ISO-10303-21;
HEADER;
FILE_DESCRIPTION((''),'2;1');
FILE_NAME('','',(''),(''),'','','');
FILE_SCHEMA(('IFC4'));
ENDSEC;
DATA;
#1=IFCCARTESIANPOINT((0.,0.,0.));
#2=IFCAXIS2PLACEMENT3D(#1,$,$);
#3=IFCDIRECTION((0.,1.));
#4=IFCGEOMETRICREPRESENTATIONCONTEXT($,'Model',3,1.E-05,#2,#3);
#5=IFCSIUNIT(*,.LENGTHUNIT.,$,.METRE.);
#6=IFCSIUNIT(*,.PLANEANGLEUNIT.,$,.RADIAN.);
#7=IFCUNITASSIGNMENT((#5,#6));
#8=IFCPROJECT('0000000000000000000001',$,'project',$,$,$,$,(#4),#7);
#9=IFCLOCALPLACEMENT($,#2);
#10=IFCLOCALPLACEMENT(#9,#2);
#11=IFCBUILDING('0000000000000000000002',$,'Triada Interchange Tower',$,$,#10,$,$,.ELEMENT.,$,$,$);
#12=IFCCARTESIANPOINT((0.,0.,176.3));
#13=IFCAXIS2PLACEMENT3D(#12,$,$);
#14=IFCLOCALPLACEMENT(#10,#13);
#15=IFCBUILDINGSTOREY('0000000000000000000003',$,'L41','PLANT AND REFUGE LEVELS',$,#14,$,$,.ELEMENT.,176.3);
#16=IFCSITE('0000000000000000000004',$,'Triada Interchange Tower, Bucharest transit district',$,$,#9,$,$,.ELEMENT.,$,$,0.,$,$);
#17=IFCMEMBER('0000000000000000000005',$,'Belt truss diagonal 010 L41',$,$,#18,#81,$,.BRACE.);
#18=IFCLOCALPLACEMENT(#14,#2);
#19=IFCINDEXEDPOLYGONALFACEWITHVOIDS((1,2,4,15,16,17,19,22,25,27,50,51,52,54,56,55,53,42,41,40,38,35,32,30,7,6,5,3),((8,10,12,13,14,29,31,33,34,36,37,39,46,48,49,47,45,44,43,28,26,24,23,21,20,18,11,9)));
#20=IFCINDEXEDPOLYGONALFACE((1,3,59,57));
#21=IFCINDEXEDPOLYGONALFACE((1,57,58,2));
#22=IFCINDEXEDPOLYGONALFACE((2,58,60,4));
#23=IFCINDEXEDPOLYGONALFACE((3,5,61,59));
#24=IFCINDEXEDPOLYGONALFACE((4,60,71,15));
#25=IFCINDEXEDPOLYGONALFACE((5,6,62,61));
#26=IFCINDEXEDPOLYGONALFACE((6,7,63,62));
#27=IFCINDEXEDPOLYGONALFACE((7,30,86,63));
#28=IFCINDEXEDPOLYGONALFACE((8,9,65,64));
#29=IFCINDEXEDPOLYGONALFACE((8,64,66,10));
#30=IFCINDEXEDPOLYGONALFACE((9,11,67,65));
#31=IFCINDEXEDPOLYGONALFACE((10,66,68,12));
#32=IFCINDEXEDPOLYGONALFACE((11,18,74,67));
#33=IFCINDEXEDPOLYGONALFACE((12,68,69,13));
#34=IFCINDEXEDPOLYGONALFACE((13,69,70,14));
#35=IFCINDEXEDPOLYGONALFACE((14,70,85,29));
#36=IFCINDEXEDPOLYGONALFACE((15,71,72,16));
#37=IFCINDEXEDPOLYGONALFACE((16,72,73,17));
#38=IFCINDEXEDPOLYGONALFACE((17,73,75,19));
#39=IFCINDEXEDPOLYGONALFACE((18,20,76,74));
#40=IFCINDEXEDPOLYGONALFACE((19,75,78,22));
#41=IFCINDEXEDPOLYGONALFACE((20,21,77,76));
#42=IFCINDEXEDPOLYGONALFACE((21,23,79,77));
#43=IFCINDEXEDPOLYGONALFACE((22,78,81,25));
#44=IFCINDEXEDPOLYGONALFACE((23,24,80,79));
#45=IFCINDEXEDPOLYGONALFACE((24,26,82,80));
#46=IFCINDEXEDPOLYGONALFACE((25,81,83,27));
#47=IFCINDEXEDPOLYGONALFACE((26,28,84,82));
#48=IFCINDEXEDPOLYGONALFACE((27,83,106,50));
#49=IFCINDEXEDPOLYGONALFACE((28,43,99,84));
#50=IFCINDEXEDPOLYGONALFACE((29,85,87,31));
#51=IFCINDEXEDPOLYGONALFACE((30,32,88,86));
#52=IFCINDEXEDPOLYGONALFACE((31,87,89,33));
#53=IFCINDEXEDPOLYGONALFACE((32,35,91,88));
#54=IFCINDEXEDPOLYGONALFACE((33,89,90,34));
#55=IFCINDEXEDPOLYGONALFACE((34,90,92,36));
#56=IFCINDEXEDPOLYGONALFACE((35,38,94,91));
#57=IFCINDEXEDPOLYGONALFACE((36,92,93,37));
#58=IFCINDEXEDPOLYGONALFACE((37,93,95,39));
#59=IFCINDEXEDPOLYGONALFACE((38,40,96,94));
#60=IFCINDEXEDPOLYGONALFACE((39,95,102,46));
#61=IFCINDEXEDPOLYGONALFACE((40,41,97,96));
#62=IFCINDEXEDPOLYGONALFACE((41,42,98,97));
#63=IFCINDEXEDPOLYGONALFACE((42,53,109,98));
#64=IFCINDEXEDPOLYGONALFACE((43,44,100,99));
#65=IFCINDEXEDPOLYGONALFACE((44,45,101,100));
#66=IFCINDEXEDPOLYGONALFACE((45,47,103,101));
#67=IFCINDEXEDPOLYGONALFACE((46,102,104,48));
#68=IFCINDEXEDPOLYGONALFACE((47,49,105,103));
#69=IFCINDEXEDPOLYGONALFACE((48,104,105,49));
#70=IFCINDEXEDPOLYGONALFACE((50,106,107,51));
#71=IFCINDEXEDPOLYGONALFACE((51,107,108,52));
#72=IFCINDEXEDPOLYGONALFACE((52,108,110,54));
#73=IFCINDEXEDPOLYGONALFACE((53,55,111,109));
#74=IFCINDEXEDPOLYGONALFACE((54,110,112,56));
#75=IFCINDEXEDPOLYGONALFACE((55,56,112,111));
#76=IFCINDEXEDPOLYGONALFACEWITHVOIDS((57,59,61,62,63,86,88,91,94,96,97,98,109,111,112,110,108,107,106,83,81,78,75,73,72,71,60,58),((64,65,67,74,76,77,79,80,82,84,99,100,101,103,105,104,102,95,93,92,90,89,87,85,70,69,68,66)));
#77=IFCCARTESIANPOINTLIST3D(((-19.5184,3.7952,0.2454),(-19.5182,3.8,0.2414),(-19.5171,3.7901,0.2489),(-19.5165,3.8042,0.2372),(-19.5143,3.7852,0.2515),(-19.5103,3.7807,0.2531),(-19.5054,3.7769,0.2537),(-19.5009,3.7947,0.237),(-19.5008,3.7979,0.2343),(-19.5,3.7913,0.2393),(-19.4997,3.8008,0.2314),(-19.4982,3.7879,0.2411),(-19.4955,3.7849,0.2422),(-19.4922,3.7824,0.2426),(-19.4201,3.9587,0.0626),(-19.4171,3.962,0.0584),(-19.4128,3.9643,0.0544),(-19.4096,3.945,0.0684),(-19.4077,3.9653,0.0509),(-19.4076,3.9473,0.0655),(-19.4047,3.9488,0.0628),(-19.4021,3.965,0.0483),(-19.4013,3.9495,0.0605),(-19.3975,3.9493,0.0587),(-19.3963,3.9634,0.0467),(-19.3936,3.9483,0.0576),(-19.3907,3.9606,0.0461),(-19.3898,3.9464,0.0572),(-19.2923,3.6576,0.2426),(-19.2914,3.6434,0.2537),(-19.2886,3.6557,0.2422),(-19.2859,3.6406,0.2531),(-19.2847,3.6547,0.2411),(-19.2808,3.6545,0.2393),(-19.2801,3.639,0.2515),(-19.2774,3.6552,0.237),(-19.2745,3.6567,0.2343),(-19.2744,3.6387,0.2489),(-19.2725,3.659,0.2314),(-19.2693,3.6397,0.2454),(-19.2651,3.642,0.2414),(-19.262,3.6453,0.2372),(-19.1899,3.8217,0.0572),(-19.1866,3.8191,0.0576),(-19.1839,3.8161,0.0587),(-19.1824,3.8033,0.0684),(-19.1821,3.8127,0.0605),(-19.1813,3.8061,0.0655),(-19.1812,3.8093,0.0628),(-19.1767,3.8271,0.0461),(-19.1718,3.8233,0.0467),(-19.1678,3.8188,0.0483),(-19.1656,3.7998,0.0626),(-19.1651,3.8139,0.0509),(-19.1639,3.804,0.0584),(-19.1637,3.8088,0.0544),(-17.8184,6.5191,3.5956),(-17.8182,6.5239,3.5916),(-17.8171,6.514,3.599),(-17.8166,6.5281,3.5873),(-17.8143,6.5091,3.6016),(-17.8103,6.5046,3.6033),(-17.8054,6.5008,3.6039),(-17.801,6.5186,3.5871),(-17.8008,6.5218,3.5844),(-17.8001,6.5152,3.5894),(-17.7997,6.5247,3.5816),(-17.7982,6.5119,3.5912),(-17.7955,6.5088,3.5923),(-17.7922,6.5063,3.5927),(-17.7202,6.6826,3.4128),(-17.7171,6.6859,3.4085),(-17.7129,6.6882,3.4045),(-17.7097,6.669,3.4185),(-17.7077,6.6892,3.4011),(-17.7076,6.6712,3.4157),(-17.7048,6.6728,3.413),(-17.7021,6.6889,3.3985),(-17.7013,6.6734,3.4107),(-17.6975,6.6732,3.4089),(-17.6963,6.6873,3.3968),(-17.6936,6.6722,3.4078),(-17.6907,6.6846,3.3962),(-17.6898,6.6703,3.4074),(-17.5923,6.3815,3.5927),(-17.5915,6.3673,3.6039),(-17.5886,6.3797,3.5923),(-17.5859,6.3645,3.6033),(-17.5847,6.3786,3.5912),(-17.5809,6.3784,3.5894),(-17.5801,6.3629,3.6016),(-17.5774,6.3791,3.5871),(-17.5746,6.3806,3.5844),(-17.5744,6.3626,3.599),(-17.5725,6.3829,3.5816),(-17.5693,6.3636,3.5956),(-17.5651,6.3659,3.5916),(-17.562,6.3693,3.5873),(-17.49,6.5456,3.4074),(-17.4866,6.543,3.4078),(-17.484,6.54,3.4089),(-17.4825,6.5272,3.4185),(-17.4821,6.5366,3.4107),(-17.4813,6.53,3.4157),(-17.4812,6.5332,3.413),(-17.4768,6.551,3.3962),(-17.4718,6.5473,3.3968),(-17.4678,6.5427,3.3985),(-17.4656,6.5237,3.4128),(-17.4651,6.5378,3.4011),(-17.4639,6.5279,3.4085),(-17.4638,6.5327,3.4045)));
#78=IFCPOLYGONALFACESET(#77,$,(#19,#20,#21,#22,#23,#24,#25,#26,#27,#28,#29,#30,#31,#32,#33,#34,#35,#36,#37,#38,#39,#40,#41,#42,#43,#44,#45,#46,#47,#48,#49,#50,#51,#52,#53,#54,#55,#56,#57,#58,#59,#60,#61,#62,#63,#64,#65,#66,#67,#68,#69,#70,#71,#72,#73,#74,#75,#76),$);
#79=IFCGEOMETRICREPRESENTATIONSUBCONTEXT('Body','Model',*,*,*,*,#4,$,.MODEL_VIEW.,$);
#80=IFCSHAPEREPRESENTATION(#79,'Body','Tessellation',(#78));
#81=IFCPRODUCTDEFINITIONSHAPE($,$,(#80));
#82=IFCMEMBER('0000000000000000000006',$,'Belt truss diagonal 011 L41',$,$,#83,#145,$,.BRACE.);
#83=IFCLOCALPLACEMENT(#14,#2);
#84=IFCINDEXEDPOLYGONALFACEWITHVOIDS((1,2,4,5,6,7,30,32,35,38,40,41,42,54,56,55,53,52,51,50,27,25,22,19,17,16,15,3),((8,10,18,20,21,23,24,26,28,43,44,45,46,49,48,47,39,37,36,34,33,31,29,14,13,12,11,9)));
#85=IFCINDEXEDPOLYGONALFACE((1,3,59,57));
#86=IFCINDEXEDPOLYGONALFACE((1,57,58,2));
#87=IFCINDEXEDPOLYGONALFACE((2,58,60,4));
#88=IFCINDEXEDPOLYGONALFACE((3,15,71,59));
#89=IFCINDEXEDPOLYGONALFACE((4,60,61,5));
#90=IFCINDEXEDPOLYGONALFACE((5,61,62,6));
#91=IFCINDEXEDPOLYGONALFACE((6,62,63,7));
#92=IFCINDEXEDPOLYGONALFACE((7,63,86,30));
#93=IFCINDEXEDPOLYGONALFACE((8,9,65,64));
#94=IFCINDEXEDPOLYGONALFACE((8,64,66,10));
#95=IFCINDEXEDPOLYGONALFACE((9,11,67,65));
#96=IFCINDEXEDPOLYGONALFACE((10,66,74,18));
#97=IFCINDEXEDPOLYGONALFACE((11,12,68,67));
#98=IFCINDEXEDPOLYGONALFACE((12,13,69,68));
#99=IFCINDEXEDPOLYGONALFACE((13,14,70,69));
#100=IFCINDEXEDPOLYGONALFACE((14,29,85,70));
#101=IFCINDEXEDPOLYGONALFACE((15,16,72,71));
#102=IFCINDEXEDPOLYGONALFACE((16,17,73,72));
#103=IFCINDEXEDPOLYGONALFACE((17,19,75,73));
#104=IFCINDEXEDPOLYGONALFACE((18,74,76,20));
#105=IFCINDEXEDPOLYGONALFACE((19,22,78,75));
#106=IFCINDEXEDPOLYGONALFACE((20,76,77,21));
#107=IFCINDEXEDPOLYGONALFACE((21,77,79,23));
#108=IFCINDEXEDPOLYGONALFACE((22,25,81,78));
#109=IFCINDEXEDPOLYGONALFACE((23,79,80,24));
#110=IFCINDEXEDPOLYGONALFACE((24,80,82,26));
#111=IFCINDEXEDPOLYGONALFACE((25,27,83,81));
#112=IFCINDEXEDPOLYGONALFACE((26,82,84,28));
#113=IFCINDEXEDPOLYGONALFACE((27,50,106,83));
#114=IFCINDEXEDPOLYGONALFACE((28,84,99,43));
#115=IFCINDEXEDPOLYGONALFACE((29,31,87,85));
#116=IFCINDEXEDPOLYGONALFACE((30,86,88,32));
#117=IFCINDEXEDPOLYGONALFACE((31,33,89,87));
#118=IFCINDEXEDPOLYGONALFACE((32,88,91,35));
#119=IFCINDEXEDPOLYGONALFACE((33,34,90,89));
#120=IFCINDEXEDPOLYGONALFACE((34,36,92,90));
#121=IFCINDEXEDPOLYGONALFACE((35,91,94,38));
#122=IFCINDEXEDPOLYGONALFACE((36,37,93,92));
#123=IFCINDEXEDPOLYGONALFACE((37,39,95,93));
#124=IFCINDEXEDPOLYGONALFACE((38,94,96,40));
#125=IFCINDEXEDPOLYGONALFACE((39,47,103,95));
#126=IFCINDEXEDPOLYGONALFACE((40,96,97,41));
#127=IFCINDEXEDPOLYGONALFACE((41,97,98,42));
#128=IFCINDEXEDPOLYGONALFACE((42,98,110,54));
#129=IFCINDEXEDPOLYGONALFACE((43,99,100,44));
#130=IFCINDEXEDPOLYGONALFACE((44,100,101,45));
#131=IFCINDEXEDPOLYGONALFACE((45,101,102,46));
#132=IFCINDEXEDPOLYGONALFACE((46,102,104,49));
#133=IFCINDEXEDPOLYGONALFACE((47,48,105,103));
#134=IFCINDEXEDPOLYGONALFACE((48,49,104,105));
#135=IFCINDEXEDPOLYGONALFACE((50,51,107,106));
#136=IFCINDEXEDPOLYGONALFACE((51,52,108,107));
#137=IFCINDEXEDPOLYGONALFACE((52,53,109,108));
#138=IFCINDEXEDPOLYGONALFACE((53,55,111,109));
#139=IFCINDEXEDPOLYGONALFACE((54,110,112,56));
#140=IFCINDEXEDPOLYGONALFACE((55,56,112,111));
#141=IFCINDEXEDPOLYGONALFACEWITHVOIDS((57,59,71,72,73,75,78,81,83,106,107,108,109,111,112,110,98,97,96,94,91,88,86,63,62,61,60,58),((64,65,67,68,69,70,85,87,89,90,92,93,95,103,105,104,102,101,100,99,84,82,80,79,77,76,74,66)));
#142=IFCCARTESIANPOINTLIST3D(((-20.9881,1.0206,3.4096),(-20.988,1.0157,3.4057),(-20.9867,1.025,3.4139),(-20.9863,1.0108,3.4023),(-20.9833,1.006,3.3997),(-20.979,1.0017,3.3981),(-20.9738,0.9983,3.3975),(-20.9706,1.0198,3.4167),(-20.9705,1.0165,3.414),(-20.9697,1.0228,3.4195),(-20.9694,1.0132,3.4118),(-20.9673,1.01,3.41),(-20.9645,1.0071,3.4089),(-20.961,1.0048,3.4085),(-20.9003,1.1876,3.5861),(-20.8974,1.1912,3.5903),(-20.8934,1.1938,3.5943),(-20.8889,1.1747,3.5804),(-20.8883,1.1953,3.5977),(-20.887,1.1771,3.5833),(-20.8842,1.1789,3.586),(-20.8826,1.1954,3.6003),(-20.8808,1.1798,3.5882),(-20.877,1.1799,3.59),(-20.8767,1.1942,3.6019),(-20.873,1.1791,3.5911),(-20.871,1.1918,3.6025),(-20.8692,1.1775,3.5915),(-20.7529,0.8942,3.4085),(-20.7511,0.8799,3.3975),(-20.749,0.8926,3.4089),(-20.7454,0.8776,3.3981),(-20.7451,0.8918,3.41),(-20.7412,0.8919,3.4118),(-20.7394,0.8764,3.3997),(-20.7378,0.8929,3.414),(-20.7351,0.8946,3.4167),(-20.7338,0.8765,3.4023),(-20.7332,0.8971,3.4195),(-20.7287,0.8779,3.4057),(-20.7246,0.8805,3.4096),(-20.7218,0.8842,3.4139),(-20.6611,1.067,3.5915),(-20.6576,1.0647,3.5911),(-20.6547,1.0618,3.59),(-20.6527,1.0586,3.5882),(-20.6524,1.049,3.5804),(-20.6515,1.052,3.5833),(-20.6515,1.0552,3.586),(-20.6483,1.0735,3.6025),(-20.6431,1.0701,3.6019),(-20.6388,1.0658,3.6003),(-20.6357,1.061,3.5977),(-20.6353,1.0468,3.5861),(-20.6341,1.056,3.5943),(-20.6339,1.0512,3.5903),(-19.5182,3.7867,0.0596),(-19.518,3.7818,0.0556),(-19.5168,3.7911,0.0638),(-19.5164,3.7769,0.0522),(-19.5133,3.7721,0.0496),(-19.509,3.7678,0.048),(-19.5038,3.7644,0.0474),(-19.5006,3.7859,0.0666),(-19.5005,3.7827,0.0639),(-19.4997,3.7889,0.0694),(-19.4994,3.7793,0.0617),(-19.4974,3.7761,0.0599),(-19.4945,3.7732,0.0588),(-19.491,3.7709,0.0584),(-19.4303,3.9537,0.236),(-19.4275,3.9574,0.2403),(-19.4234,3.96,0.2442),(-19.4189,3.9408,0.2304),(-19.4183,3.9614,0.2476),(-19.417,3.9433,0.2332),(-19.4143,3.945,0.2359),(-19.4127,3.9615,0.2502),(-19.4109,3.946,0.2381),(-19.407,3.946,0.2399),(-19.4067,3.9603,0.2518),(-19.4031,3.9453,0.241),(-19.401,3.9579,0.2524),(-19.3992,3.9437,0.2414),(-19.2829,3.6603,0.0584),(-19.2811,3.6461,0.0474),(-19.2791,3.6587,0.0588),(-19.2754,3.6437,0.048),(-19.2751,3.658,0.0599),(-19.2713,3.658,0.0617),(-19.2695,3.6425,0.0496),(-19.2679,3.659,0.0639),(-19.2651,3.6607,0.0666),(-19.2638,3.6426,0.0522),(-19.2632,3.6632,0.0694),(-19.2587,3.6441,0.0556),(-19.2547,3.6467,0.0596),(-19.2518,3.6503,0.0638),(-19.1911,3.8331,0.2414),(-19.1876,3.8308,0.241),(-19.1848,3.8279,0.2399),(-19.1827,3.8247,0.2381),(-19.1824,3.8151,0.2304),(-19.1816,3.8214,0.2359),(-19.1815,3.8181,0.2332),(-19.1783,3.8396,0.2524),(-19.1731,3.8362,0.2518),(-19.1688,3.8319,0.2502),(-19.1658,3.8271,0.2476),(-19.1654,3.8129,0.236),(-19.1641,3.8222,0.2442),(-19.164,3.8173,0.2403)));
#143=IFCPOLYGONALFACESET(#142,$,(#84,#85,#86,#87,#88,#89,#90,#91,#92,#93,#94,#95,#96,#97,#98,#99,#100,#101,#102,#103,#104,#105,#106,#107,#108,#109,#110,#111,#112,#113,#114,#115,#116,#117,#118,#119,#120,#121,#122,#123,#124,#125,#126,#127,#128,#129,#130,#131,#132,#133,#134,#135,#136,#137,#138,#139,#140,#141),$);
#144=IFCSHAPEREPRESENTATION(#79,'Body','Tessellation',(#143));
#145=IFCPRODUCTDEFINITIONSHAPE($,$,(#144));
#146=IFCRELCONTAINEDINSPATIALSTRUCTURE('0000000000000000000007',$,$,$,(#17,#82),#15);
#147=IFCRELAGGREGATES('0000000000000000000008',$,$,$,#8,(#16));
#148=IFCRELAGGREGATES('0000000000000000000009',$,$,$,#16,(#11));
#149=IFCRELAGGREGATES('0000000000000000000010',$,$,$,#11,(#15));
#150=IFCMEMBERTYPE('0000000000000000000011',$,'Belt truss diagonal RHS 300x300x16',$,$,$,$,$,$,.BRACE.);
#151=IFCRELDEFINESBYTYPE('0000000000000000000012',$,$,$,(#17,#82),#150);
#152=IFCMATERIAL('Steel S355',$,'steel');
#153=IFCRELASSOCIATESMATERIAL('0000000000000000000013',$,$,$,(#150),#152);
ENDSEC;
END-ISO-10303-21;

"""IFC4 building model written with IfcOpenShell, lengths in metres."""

from ifc_helpers import new_model, si_unit, direction, frame, origin, origin_2d, place, context, subcontext, project, spatial, hollow_rectangle, extrude, material, material_profile, profile_set, type_object, element, save


model = new_model("IFC4")

# Units and contexts
model_context = context("Model", 3, precision=1e-05, world=origin(), true_north=direction((0.0, 1.0)))
body_context = subcontext(model_context, "Body", "Model", "MODEL_VIEW")
ifc_project = project(units=[si_unit("LENGTHUNIT", "METRE"), si_unit("PLANEANGLEUNIT", "RADIAN")], contexts=[model_context])

# Site, building, storey
site_placement = place(None, origin())
site = spatial("IfcSite", under=ifc_project, at=site_placement, Name="Triada Interchange Tower, Bucharest transit district", CompositionType="ELEMENT", RefElevation=0.0)
building_placement = place(site_placement, origin())
building = spatial("IfcBuilding", under=site, at=building_placement, Name="Triada Interchange Tower", CompositionType="ELEMENT")
storey_placement = place(building_placement, frame((0.0, 0.0, 176.3)))
storey = spatial("IfcBuildingStorey", under=building, at=storey_placement, Name="L41", Description="PLANT AND REFUGE LEVELS", CompositionType="ELEMENT", Elevation=176.3)

# Members
ifc_material_1 = material(Name="Steel S355", Category="steel")
ifc_material_profile_1 = material_profile(ifc_material_1, hollow_rectangle(XDim=0.3, YDim=0.3, WallThickness=0.0161, InnerFilletRadius=0.0161, OuterFilletRadius=0.0239, at=origin_2d()), Name="RHS 300x300x16")
ifc_profile_set_1 = profile_set([ifc_material_profile_1], Name="Steel S355")
member_type = type_object("IfcMemberType", Name="Belt truss diagonal RHS 300x300x16", PredefinedType="BRACE", material=ifc_profile_set_1)
member_1_placement = place(storey_placement, frame((-19.3411, 3.802, 0.1499), z_axis=(0.366344, 0.587003, 0.721955), x_axis=(-0.848344, 0.529445, 0.0)))
element("IfcMember", 1, at=member_1_placement, inside=storey, type_object=member_type, Name="Belt truss diagonal 010 L41", PredefinedType="BRACE", context=body_context, shape_type="SweptSolid", body=[
    extrude(hollow_rectangle(XDim=0.3, YDim=0.3, WallThickness=0.0161, InnerFilletRadius=0.0161, OuterFilletRadius=0.0239, at=origin_2d()), origin(), (0.0, 0.0, 1.0), 4.6404),
])
member_2_placement = place(storey_placement, frame((-19.3411, 3.802, 0.1499), z_axis=(-0.320504, -0.603108, 0.730437), x_axis=(0.883053, -0.469273, 0.0)))
element("IfcMember", 2, at=member_2_placement, inside=storey, type_object=member_type, Name="Belt truss diagonal 011 L41", PredefinedType="BRACE", context=body_context, shape_type="SweptSolid", body=[
    extrude(hollow_rectangle(XDim=0.3, YDim=0.3, WallThickness=0.0161, InnerFilletRadius=0.0161, OuterFilletRadius=0.0239, at=origin_2d()), origin(), (0.0, 0.0, 1.0), 4.5864),
])

save(model, "model.ifc")
